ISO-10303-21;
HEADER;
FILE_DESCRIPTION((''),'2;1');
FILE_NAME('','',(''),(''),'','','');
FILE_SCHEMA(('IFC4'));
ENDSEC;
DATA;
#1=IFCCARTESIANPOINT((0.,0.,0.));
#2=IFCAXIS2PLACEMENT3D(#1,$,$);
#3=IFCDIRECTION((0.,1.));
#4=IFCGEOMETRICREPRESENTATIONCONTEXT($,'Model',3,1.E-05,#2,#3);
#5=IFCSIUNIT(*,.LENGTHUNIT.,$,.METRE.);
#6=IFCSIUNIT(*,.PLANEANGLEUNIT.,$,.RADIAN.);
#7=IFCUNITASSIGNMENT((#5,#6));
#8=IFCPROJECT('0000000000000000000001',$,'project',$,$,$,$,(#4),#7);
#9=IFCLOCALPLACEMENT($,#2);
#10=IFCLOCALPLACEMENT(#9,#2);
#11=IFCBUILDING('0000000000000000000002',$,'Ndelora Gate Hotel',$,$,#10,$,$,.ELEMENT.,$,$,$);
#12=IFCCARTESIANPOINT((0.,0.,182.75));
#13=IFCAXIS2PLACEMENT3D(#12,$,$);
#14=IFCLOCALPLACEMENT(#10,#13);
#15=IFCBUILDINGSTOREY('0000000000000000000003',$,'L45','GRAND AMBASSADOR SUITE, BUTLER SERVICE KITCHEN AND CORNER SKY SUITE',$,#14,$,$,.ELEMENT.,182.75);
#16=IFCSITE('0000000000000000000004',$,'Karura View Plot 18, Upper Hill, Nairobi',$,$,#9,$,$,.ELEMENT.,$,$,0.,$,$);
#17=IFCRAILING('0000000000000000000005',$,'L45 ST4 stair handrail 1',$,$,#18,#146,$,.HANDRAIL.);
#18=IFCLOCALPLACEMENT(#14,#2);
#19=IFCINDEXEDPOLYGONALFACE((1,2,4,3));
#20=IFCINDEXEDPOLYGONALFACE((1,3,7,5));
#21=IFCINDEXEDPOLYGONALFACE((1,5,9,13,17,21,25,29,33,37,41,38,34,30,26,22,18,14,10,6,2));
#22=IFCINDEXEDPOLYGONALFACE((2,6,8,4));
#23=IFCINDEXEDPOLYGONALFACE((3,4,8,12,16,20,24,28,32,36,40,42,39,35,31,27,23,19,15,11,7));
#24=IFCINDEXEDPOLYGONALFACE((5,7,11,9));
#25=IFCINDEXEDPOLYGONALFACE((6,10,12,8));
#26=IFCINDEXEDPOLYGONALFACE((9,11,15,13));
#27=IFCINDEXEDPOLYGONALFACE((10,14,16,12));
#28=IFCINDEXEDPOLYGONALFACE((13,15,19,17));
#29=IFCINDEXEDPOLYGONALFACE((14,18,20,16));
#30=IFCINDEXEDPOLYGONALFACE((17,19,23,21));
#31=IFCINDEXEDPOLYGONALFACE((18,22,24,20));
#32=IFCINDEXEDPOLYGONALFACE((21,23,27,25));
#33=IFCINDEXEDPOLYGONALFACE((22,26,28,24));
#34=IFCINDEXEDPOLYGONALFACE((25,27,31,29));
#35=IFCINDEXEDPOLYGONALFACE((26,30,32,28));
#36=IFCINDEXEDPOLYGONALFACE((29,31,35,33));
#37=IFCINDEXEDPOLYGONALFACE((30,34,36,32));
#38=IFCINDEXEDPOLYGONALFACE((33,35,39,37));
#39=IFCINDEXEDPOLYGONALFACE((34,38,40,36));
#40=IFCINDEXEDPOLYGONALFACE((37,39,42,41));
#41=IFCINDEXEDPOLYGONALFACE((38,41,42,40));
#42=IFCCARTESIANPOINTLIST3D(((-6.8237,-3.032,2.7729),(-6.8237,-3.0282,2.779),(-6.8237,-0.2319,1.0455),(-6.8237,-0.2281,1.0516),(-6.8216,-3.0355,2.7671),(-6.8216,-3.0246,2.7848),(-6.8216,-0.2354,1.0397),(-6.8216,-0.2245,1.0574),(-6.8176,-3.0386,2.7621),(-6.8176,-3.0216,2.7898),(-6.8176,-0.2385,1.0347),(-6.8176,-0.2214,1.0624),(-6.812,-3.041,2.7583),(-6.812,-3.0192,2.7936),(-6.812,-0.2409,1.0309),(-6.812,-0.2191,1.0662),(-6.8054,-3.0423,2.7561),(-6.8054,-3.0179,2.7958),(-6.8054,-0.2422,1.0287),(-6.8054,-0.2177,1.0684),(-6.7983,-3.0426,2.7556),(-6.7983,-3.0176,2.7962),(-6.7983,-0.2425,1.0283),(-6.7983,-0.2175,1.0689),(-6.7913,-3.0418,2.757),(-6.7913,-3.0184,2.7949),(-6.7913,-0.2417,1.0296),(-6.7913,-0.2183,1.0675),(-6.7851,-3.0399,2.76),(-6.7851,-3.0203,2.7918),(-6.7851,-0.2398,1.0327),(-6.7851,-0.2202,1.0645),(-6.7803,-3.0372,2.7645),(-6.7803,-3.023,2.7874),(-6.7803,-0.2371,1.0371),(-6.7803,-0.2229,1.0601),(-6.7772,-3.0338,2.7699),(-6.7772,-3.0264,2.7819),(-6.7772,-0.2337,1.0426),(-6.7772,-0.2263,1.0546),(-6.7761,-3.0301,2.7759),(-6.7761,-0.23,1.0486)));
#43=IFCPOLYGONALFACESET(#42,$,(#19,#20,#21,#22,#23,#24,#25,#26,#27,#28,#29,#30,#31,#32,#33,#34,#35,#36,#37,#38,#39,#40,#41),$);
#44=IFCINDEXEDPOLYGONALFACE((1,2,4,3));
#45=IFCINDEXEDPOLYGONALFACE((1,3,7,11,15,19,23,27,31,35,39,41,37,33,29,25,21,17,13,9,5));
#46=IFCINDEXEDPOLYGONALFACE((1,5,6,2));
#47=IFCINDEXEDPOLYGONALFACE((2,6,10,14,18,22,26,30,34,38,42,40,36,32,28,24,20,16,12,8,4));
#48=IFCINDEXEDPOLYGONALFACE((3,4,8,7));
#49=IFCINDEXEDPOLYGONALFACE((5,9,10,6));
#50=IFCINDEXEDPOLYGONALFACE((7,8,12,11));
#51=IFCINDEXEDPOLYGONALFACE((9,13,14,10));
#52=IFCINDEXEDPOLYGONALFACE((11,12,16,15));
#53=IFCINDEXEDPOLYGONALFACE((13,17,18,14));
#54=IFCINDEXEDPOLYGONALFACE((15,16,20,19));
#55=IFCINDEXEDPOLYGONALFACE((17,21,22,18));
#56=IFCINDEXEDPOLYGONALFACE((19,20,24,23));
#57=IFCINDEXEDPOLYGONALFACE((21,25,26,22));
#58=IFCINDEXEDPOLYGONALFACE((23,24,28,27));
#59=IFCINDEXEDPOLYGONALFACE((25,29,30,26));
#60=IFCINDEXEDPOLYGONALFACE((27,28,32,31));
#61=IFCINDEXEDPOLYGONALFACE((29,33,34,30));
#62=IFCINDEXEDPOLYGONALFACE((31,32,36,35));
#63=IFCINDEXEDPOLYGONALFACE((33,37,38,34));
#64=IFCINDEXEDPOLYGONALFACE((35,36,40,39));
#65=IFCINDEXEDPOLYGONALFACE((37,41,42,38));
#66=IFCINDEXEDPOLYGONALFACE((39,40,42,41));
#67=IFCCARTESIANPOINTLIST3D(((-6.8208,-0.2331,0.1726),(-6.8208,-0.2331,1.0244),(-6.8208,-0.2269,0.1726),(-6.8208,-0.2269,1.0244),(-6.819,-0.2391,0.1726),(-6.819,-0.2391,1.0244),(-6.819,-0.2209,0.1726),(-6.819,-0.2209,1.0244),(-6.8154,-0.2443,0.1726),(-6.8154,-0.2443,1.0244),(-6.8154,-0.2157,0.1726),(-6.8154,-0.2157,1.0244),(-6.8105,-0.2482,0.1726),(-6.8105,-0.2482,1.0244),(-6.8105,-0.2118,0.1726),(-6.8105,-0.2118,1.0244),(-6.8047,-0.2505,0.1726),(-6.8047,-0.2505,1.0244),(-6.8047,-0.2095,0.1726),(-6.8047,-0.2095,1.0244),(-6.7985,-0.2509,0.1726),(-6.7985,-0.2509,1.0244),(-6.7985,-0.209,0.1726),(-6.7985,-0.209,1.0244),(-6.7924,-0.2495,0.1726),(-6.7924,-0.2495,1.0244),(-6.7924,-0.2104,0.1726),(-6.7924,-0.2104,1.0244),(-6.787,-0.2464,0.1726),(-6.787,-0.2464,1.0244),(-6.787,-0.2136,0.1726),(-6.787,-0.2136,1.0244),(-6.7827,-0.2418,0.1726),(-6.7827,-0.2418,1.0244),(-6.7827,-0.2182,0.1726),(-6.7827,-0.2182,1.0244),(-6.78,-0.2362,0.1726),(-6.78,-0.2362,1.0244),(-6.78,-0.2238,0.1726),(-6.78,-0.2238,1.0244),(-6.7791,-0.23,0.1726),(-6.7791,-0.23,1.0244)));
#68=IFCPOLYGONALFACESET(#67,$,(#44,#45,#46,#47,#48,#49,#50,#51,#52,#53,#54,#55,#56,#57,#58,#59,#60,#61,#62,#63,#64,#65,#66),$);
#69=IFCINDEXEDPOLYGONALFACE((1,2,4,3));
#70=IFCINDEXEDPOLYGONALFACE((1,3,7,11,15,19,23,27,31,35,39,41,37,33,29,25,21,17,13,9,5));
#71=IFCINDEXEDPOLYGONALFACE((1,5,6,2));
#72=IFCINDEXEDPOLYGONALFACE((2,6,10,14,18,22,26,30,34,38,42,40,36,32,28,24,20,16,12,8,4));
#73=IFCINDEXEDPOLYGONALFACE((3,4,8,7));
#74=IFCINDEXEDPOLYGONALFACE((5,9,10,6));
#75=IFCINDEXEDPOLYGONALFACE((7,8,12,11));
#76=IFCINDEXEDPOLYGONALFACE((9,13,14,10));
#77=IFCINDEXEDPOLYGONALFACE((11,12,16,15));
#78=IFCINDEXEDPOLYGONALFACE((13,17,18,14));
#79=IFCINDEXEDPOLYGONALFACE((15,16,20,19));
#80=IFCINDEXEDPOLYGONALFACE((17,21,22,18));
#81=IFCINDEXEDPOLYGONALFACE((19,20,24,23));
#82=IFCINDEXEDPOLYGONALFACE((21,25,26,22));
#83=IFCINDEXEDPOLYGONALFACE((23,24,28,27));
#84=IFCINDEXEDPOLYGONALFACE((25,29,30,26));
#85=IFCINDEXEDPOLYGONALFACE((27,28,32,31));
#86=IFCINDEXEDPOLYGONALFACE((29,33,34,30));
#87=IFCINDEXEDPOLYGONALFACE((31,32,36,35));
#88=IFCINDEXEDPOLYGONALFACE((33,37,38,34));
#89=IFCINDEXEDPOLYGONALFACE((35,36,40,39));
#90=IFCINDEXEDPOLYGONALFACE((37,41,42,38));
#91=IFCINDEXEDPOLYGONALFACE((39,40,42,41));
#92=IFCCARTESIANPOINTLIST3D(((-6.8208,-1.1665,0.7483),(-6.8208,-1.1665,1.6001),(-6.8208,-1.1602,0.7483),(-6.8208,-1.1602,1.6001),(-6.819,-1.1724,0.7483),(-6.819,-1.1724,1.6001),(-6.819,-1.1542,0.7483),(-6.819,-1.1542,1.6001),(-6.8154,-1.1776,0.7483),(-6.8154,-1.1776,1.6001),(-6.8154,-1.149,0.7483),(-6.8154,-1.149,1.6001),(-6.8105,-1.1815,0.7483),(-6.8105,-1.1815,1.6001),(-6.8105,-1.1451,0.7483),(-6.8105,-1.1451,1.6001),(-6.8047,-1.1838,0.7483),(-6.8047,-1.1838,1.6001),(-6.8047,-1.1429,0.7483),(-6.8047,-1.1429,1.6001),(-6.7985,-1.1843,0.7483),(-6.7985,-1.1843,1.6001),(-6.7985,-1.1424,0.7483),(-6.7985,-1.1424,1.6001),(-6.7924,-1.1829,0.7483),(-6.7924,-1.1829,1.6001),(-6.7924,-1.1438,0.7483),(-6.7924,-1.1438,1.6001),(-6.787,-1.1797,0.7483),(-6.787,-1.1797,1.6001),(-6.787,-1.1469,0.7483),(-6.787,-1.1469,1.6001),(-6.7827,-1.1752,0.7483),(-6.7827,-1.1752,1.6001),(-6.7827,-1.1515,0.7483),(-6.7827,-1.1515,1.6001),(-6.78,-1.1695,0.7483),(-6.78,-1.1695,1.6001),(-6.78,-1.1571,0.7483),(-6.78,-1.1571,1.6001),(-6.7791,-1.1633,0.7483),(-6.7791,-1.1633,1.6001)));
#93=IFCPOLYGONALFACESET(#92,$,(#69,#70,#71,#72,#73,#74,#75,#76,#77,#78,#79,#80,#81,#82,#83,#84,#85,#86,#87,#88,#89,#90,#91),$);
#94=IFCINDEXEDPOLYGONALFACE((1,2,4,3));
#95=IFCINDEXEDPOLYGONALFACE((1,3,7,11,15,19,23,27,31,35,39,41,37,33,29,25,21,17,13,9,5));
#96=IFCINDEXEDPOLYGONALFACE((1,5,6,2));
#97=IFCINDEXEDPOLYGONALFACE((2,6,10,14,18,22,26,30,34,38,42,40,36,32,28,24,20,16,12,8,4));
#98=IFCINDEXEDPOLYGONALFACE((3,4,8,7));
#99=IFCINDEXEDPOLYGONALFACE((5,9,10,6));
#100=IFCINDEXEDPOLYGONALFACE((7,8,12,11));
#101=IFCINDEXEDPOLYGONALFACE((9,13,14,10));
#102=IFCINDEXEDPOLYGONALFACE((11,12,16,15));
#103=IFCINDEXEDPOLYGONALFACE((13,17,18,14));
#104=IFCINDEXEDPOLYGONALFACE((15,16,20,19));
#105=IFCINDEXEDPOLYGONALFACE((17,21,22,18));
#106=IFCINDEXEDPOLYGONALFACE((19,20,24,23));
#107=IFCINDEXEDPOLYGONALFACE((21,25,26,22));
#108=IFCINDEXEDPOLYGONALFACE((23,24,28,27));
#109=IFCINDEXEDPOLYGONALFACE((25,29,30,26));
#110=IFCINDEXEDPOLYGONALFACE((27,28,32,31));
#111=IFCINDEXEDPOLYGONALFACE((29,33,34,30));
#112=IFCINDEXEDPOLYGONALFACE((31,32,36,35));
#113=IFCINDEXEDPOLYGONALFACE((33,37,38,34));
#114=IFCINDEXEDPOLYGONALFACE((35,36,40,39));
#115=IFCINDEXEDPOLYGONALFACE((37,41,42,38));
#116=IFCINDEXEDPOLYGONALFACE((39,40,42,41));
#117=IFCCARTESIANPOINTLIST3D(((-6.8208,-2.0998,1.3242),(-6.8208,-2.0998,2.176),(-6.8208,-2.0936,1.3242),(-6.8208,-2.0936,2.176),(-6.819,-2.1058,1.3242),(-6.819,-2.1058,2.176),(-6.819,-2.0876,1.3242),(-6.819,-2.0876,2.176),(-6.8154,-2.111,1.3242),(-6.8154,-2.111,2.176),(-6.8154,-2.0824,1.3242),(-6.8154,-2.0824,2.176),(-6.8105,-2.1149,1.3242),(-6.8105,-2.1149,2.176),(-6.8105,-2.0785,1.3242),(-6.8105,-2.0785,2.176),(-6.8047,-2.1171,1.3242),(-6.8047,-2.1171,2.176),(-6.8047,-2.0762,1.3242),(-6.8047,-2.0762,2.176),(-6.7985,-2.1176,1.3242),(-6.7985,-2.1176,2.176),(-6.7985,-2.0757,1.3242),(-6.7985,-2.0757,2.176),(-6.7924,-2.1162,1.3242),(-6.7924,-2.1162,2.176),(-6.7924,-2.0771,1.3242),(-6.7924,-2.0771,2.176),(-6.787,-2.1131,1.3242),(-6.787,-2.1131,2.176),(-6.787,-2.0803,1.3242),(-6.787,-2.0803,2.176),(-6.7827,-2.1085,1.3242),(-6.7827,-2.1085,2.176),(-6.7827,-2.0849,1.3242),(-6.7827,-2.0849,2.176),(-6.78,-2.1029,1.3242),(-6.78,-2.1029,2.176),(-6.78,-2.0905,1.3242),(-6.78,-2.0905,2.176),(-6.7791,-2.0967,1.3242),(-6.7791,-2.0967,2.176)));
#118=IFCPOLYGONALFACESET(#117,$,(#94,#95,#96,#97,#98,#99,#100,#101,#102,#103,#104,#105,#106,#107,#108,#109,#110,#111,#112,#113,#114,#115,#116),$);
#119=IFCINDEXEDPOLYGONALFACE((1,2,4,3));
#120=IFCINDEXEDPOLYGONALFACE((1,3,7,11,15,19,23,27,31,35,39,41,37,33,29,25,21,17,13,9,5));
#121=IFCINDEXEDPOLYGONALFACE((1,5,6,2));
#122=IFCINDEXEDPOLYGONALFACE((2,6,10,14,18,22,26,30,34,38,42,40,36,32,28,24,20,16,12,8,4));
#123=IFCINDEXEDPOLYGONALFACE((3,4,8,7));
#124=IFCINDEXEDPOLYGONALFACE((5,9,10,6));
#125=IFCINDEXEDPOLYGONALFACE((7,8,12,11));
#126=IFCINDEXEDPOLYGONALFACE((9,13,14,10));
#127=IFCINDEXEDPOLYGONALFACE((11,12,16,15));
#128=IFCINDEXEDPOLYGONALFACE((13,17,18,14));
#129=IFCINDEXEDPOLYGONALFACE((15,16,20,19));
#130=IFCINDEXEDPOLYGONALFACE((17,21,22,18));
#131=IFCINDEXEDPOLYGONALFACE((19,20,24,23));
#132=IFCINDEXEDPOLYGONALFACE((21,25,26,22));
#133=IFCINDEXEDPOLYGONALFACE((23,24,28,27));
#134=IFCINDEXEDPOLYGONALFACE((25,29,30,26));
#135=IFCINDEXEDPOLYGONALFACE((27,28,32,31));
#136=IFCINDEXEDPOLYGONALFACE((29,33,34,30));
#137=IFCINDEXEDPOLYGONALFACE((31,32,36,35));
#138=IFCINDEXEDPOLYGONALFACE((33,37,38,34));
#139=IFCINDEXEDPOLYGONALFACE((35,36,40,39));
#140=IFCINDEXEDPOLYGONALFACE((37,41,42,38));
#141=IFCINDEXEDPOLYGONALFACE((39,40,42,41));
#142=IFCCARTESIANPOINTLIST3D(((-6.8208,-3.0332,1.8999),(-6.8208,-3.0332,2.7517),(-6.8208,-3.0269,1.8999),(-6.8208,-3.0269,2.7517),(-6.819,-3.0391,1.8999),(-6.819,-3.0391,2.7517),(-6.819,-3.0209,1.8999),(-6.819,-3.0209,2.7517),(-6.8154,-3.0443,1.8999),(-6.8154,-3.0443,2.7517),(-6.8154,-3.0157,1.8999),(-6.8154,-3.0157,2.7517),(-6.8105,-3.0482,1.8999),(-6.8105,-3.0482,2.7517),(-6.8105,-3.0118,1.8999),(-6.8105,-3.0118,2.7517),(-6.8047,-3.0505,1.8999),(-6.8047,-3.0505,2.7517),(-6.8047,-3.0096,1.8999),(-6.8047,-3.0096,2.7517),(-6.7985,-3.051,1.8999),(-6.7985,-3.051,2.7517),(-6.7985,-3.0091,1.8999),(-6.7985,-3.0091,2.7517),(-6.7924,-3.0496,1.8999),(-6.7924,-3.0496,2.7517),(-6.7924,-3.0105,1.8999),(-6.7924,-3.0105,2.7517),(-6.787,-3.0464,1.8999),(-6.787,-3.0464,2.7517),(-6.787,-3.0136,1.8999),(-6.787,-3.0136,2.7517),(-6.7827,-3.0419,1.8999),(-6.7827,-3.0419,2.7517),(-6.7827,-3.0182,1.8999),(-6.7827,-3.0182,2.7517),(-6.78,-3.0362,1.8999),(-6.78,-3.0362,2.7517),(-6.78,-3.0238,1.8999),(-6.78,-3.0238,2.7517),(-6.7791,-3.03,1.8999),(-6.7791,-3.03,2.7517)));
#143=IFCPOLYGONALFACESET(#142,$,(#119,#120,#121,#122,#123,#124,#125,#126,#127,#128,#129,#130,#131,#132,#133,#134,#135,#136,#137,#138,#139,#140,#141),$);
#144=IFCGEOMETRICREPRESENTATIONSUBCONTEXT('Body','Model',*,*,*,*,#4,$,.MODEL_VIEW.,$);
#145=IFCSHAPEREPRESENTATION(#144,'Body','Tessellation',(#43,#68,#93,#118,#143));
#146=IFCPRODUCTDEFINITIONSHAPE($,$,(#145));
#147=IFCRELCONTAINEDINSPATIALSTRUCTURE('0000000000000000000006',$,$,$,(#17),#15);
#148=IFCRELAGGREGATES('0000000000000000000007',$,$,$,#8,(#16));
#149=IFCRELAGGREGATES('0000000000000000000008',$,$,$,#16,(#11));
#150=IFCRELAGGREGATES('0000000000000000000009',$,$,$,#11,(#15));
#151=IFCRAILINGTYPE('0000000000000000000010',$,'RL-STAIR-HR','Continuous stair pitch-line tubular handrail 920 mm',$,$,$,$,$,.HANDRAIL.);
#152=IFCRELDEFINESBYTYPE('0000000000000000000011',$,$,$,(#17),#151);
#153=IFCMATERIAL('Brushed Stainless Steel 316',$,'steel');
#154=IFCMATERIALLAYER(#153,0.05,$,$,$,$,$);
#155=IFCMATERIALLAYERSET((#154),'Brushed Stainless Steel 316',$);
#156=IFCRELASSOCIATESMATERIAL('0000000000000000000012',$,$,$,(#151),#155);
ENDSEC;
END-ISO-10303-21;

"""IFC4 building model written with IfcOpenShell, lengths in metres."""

from ifc_helpers import new_model, si_unit, direction, frame, origin, origin_2d, place, context, subcontext, project, spatial, circle, extrude, material, layer, layer_set, type_object, element, save


model = new_model("IFC4")

# Units and contexts
model_context = context("Model", 3, precision=1e-05, world=origin(), true_north=direction((0.0, 1.0)))
body_context = subcontext(model_context, "Body", "Model", "MODEL_VIEW")
ifc_project = project(units=[si_unit("LENGTHUNIT", "METRE"), si_unit("PLANEANGLEUNIT", "RADIAN")], contexts=[model_context])

# Site, building, storey
site_placement = place(None, origin())
site = spatial("IfcSite", under=ifc_project, at=site_placement, Name="Karura View Plot 18, Upper Hill, Nairobi", CompositionType="ELEMENT", RefElevation=0.0)
building_placement = place(site_placement, origin())
building = spatial("IfcBuilding", under=site, at=building_placement, Name="Ndelora Gate Hotel", CompositionType="ELEMENT")
storey_placement = place(building_placement, frame((0.0, 0.0, 182.75)))
storey = spatial("IfcBuildingStorey", under=building, at=storey_placement, Name="L45", Description="GRAND AMBASSADOR SUITE, BUTLER SERVICE KITCHEN AND CORNER SKY SUITE", CompositionType="ELEMENT", Elevation=182.75)

# Railing
ifc_material_1 = material(Name="Brushed Stainless Steel 316", Category="steel")
ifc_layer_1 = layer(ifc_material_1, 0.05)
ifc_layer_set_1 = layer_set([ifc_layer_1], Name="Brushed Stainless Steel 316")
railing_type_1 = type_object("IfcRailingType", Name="RL-STAIR-HR", Description="Continuous stair pitch-line tubular handrail 920 mm", PredefinedType="HANDRAIL", material=ifc_layer_set_1)
railing_1_placement = place(storey_placement, frame((-6.8, -0.23, 0.1726)))
element("IfcRailing", 1, at=railing_1_placement, inside=storey, type_object=railing_type_1, Name="L45 ST4 stair handrail 1", PredefinedType="HANDRAIL", context=body_context, shape_type="SweptSolid", body=[
    extrude(circle(Radius=0.0239, at=origin_2d()), frame((0.0, 0.0, 0.876), z_axis=(0.0, -0.85109, 0.52502), x_axis=(1.0, 0.0, 0.0)), (0.0, 0.0, 1.0), 3.29),
    extrude(circle(Radius=0.021, at=origin_2d()), origin(), (0.0, 0.0, 1.0), 0.8518),
    extrude(circle(Radius=0.021, at=origin_2d()), frame((0.0, -0.9333, 0.5757)), (0.0, 0.0, 1.0), 0.8518),
    extrude(circle(Radius=0.021, at=origin_2d()), frame((0.0, -1.8667, 1.1516)), (0.0, 0.0, 1.0), 0.8518),
    extrude(circle(Radius=0.021, at=origin_2d()), frame((0.0, -2.8, 1.7273)), (0.0, 0.0, 1.0), 0.8518),
])

save(model, "model.ifc")
